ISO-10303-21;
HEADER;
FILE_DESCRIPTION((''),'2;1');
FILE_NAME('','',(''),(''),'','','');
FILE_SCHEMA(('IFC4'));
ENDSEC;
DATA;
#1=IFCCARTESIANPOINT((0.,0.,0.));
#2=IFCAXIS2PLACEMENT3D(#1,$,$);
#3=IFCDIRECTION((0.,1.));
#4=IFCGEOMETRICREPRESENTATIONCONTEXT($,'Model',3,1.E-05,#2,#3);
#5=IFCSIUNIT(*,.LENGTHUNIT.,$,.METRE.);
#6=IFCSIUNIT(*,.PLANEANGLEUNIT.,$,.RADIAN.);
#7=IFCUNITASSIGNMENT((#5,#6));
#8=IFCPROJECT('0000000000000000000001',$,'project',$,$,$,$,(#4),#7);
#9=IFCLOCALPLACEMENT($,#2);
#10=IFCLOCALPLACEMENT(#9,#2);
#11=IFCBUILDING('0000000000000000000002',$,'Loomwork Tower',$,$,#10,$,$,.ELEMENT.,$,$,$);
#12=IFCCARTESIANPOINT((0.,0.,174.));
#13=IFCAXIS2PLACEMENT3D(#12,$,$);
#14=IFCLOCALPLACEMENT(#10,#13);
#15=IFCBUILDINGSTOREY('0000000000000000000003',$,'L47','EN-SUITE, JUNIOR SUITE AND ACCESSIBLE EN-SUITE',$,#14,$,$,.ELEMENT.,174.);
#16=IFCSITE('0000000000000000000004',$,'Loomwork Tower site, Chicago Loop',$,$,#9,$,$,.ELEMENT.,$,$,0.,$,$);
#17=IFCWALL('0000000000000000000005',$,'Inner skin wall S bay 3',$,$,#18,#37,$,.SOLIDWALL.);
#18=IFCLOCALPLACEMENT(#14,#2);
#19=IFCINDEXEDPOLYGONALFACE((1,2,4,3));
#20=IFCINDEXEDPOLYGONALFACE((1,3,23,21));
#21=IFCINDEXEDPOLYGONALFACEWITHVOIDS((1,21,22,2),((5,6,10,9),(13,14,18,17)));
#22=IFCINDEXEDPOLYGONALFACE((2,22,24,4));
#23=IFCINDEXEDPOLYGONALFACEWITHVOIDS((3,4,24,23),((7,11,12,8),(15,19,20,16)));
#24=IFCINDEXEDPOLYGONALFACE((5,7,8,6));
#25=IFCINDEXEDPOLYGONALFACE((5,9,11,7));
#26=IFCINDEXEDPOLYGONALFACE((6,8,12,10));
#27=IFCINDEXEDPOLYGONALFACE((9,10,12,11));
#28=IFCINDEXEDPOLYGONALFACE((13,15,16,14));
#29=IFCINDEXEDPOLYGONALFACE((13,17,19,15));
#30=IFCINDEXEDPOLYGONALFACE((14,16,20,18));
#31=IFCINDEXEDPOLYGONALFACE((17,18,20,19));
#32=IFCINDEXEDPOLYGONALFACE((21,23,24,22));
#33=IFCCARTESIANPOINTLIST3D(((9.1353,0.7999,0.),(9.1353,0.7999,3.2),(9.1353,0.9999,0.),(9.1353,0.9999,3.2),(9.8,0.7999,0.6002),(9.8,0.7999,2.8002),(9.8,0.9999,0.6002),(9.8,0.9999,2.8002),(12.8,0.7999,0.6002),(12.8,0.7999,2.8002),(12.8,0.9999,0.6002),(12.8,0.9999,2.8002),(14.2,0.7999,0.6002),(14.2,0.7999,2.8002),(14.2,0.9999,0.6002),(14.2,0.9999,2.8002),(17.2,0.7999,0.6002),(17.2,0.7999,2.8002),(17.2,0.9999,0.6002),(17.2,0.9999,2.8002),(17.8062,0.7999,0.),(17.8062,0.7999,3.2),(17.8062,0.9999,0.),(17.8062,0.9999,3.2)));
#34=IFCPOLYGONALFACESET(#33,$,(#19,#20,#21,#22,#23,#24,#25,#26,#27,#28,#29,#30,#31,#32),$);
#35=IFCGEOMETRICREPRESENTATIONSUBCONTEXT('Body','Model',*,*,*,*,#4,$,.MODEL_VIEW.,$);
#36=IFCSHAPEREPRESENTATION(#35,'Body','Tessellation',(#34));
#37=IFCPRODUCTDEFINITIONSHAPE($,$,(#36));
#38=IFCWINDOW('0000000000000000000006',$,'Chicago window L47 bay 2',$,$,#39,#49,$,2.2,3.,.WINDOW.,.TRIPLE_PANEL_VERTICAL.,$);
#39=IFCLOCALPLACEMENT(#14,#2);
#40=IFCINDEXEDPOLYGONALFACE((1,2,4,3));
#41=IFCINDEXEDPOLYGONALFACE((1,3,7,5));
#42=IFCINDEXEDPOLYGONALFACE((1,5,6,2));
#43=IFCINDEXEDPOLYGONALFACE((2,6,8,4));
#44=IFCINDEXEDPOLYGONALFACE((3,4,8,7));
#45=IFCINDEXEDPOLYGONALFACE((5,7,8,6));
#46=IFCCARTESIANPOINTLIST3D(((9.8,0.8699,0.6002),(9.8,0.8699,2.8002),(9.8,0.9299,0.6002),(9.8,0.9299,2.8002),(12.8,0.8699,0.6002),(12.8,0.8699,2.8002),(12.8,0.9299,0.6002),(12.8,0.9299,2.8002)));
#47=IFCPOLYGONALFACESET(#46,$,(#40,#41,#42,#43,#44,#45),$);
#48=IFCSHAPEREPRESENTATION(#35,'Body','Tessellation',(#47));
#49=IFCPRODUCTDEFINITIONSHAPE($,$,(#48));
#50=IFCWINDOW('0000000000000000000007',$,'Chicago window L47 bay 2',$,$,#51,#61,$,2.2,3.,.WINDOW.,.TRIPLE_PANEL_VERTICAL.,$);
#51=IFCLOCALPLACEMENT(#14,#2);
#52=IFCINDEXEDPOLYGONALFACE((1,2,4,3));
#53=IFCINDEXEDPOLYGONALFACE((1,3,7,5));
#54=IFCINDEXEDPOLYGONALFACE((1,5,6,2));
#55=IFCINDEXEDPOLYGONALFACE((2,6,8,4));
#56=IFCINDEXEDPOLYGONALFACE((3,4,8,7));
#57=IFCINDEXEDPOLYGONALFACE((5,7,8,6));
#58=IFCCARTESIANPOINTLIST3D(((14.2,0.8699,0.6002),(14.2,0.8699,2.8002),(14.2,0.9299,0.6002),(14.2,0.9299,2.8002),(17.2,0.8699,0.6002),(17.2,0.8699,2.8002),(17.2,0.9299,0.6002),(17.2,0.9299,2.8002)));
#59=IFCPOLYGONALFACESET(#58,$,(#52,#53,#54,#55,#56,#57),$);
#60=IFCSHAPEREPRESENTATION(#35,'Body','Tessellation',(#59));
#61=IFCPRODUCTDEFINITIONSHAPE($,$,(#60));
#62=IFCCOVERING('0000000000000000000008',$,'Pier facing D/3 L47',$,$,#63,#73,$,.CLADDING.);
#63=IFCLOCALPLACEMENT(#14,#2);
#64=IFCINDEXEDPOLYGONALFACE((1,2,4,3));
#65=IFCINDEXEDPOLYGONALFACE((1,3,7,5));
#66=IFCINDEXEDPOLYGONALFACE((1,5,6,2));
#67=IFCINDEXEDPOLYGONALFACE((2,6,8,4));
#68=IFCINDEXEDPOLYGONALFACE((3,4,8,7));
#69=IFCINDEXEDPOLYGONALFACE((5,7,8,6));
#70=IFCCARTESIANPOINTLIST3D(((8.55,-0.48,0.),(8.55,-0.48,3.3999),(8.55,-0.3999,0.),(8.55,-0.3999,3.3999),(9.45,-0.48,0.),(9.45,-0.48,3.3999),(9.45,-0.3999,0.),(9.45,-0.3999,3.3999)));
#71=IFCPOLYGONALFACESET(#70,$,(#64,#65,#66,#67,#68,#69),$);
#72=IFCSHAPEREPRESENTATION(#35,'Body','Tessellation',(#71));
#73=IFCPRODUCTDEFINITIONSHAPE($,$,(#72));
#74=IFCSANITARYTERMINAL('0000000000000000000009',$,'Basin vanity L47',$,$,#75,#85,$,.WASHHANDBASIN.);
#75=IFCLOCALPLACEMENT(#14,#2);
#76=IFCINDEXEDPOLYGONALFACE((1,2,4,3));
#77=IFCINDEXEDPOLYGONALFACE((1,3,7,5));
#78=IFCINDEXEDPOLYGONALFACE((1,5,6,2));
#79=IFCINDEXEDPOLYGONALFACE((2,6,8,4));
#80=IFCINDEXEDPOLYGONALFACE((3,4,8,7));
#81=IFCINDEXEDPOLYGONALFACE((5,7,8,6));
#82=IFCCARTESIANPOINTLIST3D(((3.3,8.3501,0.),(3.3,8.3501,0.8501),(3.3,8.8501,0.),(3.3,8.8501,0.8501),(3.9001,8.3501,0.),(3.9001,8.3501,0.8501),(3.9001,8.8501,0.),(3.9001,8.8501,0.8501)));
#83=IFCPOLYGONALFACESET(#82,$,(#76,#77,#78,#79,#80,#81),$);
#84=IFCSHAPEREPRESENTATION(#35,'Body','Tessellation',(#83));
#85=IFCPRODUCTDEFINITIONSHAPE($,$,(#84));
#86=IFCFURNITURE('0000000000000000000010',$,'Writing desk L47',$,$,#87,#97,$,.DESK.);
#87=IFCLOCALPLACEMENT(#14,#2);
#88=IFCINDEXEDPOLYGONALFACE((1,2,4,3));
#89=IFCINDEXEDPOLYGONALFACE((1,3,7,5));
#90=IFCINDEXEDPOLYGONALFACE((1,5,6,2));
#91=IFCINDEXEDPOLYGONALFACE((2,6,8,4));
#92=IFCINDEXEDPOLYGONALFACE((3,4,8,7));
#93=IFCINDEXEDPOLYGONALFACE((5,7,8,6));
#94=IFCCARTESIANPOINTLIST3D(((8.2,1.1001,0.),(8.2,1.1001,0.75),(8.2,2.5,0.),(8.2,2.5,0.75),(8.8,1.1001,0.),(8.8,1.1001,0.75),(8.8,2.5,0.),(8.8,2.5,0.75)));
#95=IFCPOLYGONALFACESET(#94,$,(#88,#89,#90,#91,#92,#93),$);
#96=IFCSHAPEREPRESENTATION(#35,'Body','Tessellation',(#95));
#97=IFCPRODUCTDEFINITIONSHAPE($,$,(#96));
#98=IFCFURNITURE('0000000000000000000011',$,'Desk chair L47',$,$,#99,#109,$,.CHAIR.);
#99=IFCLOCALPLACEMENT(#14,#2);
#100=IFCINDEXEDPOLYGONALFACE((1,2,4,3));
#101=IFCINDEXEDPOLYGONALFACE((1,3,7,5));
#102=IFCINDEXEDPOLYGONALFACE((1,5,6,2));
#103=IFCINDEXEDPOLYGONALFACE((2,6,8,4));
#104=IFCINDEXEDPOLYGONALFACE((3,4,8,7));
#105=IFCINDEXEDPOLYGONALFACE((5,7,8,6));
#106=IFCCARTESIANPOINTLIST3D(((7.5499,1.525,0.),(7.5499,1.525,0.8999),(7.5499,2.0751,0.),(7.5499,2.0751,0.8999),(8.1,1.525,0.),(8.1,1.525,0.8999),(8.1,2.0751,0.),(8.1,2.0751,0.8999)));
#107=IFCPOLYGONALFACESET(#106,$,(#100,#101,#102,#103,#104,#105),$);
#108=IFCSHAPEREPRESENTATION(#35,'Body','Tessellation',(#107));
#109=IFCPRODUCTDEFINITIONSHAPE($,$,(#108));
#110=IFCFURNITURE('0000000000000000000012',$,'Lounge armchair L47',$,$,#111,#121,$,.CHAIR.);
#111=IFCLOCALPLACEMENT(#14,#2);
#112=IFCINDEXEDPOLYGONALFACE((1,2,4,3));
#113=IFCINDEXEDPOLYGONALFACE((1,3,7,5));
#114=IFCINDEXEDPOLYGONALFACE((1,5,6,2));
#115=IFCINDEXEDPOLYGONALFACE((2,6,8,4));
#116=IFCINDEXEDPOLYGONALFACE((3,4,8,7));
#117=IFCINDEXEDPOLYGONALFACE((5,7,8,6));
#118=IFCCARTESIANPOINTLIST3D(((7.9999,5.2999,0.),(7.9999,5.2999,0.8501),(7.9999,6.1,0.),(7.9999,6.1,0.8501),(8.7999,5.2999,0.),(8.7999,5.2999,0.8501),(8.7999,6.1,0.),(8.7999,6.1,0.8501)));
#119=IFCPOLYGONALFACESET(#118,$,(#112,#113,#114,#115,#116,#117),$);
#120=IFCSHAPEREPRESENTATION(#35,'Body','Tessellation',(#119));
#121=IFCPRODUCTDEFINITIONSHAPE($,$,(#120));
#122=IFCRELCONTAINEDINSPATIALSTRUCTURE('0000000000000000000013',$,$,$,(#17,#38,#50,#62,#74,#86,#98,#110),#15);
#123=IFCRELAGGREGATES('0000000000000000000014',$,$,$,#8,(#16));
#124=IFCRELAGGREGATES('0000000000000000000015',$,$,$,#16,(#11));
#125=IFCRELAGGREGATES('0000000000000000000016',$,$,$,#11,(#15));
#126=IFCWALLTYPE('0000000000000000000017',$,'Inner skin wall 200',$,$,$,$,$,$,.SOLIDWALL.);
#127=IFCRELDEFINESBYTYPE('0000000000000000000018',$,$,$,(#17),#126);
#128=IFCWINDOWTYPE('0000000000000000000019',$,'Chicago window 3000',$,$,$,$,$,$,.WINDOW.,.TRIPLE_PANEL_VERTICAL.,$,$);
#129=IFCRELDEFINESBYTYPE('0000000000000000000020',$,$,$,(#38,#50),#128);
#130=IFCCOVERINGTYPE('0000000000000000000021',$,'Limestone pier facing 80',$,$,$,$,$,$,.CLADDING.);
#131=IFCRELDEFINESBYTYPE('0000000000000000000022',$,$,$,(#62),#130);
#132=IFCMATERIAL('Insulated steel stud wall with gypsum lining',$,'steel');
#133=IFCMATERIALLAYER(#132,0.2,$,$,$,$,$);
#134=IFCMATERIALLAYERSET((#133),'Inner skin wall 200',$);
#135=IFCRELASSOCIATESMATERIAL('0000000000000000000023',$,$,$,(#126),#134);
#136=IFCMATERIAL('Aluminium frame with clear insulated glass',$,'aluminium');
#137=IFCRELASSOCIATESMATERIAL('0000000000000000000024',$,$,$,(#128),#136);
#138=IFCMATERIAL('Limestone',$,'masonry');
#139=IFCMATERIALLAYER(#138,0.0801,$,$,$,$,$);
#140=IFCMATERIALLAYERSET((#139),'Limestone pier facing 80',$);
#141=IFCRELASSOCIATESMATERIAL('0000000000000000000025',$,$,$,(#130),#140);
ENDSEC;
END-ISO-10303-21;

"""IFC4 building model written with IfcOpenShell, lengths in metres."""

from ifc_helpers import new_model, si_unit, direction, frame, frame_2d, origin, origin_2d, place, context, subcontext, project, spatial, rectangle, extrude, material, layer, layer_set, type_object, element, fill, save


model = new_model("IFC4")

# Units and contexts
model_context = context("Model", 3, precision=1e-05, world=origin(), true_north=direction((0.0, 1.0)))
body_context = subcontext(model_context, "Body", "Model", "MODEL_VIEW")
ifc_project = project(units=[si_unit("LENGTHUNIT", "METRE"), si_unit("PLANEANGLEUNIT", "RADIAN")], contexts=[model_context])

# Site, building, storey
site_placement = place(None, origin())
site = spatial("IfcSite", under=ifc_project, at=site_placement, Name="Loomwork Tower site, Chicago Loop", CompositionType="ELEMENT", RefElevation=0.0)
building_placement = place(site_placement, origin())
building = spatial("IfcBuilding", under=site, at=building_placement, Name="Loomwork Tower", CompositionType="ELEMENT")
storey_placement = place(building_placement, frame((0.0, 0.0, 174.0)))
storey = spatial("IfcBuildingStorey", under=building, at=storey_placement, Name="L47", Description="EN-SUITE, JUNIOR SUITE AND ACCESSIBLE EN-SUITE", CompositionType="ELEMENT", Elevation=174.0)

# Shared definitions
ifc_material_1 = material(Name="Insulated steel stud wall with gypsum lining", Category="steel")
ifc_layer_1 = layer(ifc_material_1, 0.2)
ifc_layer_set_1 = layer_set([ifc_layer_1], Name="Inner skin wall 200")
wall_type_1 = type_object("IfcWallType", Name="Inner skin wall 200", PredefinedType="SOLIDWALL", material=ifc_layer_set_1)

# Wall, openings, windows
wall_1_placement = place(storey_placement, frame((9.1353, 0.8999, 0.0), z_axis=(0.0, 0.0, 1.0), x_axis=(1.0, 0.0, 0.0)))
wall_1 = element("IfcWall", 1, at=wall_1_placement, inside=storey, type_object=wall_type_1, Name="Inner skin wall S bay 3", PredefinedType="SOLIDWALL", context=body_context, shape_type="SweptSolid", body=[
    extrude(rectangle(XDim=8.6709, YDim=0.2, at=frame_2d((4.3354, 0.0))), origin(), (0.0, 0.0, 1.0), 3.2),
])
opening_1_placement = place(wall_1_placement, frame((0.6648, 0.0, 0.6001)))
opening_1 = element("IfcOpeningElement", 2, at=opening_1_placement, cuts=wall_1, PredefinedType="OPENING", context=body_context, shape_type="SweptSolid", body=[
    extrude(rectangle(XDim=3.0, YDim=2.2, at=frame_2d((1.5, 1.1001))), frame((0.0, 0.1099, 0.0), z_axis=(0.0, -1.0, 0.0), x_axis=(1.0, 0.0, 0.0)), (0.0, 0.0, 1.0), 0.22),
])
opening_2_placement = place(wall_1_placement, frame((5.0647, 0.0, 0.6001)))
opening_2 = element("IfcOpeningElement", 3, at=opening_2_placement, cuts=wall_1, PredefinedType="OPENING", context=body_context, shape_type="SweptSolid", body=[
    extrude(rectangle(XDim=3.0, YDim=2.2, at=frame_2d((1.5, 1.1001))), frame((0.0, 0.1099, 0.0), z_axis=(0.0, -1.0, 0.0), x_axis=(1.0, 0.0, 0.0)), (0.0, 0.0, 1.0), 0.22),
])
ifc_material_2 = material(Name="Aluminium frame with clear insulated glass", Category="aluminium")
window_type = type_object("IfcWindowType", Name="Chicago window 3000", PartitioningType="TRIPLE_PANEL_VERTICAL", PredefinedType="WINDOW", material=ifc_material_2)
window_1_placement = place(opening_1_placement, origin())
window_1 = element("IfcWindow", 4, at=window_1_placement, inside=storey, type_object=window_type, Name="Chicago window L47 bay 2", OverallHeight=2.2, OverallWidth=3.0, PartitioningType="TRIPLE_PANEL_VERTICAL", PredefinedType="WINDOW", context=body_context, shape_type="SweptSolid", body=[
    extrude(rectangle(XDim=3.0, YDim=2.2, at=frame_2d((1.5, 1.1001))), frame((0.0, 0.03, 0.0), z_axis=(0.0, -1.0, 0.0), x_axis=(1.0, 0.0, 0.0)), (0.0, 0.0, 1.0), 0.0601),
])
fill(opening_1, window_1)
window_2_placement = place(opening_2_placement, origin())
window_2 = element("IfcWindow", 5, at=window_2_placement, inside=storey, type_object=window_type, Name="Chicago window L47 bay 2", OverallHeight=2.2, OverallWidth=3.0, PartitioningType="TRIPLE_PANEL_VERTICAL", PredefinedType="WINDOW", context=body_context, shape_type="SweptSolid", body=[
    extrude(rectangle(XDim=3.0, YDim=2.2, at=frame_2d((1.5, 1.1001))), frame((0.0, 0.03, 0.0), z_axis=(0.0, -1.0, 0.0), x_axis=(1.0, 0.0, 0.0)), (0.0, 0.0, 1.0), 0.0601),
])
fill(opening_2, window_2)

# Covering
ifc_material_3 = material(Name="Limestone", Category="masonry")
ifc_layer_2 = layer(ifc_material_3, 0.0801)
ifc_layer_set_2 = layer_set([ifc_layer_2], Name="Limestone pier facing 80")
covering_type = type_object("IfcCoveringType", Name="Limestone pier facing 80", PredefinedType="CLADDING", material=ifc_layer_set_2)
covering_placement = place(storey_placement, frame((9.0, -0.4399, 0.0), z_axis=(0.0, 0.0, 1.0), x_axis=(1.0, 0.0, 0.0)))
element("IfcCovering", 6, at=covering_placement, inside=storey, type_object=covering_type, Name="Pier facing D/3 L47", PredefinedType="CLADDING", context=body_context, shape_type="SweptSolid", body=[
    extrude(rectangle(XDim=0.8999, YDim=0.0801, at=origin_2d()), origin(), (0.0, 0.0, 1.0), 3.3999),
])

# Sanitary terminal
sanitary_terminal_placement = place(storey_placement, frame((3.6001, 8.6001, 0.0), z_axis=(0.0, 0.0, 1.0), x_axis=(1.0, 0.0, 0.0)))
element("IfcSanitaryTerminal", 7, at=sanitary_terminal_placement, inside=storey, Name="Basin vanity L47", PredefinedType="WASHHANDBASIN", context=body_context, shape_type="SweptSolid", body=[
    extrude(rectangle(XDim=0.6001, YDim=0.5, at=origin_2d()), origin(), (0.0, 0.0, 1.0), 0.8501),
])

# Furniture
furniture_1_placement = place(storey_placement, frame((8.5, 1.8, 0.0), z_axis=(0.0, 0.0, 1.0), x_axis=(1.0, 0.0, 0.0)))
element("IfcFurniture", 8, at=furniture_1_placement, inside=storey, Name="Writing desk L47", PredefinedType="DESK", context=body_context, shape_type="SweptSolid", body=[
    extrude(rectangle(XDim=0.6001, YDim=1.3999, at=origin_2d()), origin(), (0.0, 0.0, 1.0), 0.75),
])
furniture_2_placement = place(storey_placement, frame((7.825, 1.8, 0.0), z_axis=(0.0, 0.0, 1.0), x_axis=(1.0, 0.0, 0.0)))
element("IfcFurniture", 9, at=furniture_2_placement, inside=storey, Name="Desk chair L47", PredefinedType="CHAIR", context=body_context, shape_type="SweptSolid", body=[
    extrude(rectangle(XDim=0.55, YDim=0.55, at=origin_2d()), origin(), (0.0, 0.0, 1.0), 0.8999),
])
furniture_3_placement = place(storey_placement, frame((8.3999, 5.7, 0.0), z_axis=(0.0, 0.0, 1.0), x_axis=(1.0, 0.0, 0.0)))
element("IfcFurniture", 10, at=furniture_3_placement, inside=storey, Name="Lounge armchair L47", PredefinedType="CHAIR", context=body_context, shape_type="SweptSolid", body=[
    extrude(rectangle(XDim=0.8, YDim=0.8, at=origin_2d()), origin(), (0.0, 0.0, 1.0), 0.8501),
])

save(model, "model.ifc")
